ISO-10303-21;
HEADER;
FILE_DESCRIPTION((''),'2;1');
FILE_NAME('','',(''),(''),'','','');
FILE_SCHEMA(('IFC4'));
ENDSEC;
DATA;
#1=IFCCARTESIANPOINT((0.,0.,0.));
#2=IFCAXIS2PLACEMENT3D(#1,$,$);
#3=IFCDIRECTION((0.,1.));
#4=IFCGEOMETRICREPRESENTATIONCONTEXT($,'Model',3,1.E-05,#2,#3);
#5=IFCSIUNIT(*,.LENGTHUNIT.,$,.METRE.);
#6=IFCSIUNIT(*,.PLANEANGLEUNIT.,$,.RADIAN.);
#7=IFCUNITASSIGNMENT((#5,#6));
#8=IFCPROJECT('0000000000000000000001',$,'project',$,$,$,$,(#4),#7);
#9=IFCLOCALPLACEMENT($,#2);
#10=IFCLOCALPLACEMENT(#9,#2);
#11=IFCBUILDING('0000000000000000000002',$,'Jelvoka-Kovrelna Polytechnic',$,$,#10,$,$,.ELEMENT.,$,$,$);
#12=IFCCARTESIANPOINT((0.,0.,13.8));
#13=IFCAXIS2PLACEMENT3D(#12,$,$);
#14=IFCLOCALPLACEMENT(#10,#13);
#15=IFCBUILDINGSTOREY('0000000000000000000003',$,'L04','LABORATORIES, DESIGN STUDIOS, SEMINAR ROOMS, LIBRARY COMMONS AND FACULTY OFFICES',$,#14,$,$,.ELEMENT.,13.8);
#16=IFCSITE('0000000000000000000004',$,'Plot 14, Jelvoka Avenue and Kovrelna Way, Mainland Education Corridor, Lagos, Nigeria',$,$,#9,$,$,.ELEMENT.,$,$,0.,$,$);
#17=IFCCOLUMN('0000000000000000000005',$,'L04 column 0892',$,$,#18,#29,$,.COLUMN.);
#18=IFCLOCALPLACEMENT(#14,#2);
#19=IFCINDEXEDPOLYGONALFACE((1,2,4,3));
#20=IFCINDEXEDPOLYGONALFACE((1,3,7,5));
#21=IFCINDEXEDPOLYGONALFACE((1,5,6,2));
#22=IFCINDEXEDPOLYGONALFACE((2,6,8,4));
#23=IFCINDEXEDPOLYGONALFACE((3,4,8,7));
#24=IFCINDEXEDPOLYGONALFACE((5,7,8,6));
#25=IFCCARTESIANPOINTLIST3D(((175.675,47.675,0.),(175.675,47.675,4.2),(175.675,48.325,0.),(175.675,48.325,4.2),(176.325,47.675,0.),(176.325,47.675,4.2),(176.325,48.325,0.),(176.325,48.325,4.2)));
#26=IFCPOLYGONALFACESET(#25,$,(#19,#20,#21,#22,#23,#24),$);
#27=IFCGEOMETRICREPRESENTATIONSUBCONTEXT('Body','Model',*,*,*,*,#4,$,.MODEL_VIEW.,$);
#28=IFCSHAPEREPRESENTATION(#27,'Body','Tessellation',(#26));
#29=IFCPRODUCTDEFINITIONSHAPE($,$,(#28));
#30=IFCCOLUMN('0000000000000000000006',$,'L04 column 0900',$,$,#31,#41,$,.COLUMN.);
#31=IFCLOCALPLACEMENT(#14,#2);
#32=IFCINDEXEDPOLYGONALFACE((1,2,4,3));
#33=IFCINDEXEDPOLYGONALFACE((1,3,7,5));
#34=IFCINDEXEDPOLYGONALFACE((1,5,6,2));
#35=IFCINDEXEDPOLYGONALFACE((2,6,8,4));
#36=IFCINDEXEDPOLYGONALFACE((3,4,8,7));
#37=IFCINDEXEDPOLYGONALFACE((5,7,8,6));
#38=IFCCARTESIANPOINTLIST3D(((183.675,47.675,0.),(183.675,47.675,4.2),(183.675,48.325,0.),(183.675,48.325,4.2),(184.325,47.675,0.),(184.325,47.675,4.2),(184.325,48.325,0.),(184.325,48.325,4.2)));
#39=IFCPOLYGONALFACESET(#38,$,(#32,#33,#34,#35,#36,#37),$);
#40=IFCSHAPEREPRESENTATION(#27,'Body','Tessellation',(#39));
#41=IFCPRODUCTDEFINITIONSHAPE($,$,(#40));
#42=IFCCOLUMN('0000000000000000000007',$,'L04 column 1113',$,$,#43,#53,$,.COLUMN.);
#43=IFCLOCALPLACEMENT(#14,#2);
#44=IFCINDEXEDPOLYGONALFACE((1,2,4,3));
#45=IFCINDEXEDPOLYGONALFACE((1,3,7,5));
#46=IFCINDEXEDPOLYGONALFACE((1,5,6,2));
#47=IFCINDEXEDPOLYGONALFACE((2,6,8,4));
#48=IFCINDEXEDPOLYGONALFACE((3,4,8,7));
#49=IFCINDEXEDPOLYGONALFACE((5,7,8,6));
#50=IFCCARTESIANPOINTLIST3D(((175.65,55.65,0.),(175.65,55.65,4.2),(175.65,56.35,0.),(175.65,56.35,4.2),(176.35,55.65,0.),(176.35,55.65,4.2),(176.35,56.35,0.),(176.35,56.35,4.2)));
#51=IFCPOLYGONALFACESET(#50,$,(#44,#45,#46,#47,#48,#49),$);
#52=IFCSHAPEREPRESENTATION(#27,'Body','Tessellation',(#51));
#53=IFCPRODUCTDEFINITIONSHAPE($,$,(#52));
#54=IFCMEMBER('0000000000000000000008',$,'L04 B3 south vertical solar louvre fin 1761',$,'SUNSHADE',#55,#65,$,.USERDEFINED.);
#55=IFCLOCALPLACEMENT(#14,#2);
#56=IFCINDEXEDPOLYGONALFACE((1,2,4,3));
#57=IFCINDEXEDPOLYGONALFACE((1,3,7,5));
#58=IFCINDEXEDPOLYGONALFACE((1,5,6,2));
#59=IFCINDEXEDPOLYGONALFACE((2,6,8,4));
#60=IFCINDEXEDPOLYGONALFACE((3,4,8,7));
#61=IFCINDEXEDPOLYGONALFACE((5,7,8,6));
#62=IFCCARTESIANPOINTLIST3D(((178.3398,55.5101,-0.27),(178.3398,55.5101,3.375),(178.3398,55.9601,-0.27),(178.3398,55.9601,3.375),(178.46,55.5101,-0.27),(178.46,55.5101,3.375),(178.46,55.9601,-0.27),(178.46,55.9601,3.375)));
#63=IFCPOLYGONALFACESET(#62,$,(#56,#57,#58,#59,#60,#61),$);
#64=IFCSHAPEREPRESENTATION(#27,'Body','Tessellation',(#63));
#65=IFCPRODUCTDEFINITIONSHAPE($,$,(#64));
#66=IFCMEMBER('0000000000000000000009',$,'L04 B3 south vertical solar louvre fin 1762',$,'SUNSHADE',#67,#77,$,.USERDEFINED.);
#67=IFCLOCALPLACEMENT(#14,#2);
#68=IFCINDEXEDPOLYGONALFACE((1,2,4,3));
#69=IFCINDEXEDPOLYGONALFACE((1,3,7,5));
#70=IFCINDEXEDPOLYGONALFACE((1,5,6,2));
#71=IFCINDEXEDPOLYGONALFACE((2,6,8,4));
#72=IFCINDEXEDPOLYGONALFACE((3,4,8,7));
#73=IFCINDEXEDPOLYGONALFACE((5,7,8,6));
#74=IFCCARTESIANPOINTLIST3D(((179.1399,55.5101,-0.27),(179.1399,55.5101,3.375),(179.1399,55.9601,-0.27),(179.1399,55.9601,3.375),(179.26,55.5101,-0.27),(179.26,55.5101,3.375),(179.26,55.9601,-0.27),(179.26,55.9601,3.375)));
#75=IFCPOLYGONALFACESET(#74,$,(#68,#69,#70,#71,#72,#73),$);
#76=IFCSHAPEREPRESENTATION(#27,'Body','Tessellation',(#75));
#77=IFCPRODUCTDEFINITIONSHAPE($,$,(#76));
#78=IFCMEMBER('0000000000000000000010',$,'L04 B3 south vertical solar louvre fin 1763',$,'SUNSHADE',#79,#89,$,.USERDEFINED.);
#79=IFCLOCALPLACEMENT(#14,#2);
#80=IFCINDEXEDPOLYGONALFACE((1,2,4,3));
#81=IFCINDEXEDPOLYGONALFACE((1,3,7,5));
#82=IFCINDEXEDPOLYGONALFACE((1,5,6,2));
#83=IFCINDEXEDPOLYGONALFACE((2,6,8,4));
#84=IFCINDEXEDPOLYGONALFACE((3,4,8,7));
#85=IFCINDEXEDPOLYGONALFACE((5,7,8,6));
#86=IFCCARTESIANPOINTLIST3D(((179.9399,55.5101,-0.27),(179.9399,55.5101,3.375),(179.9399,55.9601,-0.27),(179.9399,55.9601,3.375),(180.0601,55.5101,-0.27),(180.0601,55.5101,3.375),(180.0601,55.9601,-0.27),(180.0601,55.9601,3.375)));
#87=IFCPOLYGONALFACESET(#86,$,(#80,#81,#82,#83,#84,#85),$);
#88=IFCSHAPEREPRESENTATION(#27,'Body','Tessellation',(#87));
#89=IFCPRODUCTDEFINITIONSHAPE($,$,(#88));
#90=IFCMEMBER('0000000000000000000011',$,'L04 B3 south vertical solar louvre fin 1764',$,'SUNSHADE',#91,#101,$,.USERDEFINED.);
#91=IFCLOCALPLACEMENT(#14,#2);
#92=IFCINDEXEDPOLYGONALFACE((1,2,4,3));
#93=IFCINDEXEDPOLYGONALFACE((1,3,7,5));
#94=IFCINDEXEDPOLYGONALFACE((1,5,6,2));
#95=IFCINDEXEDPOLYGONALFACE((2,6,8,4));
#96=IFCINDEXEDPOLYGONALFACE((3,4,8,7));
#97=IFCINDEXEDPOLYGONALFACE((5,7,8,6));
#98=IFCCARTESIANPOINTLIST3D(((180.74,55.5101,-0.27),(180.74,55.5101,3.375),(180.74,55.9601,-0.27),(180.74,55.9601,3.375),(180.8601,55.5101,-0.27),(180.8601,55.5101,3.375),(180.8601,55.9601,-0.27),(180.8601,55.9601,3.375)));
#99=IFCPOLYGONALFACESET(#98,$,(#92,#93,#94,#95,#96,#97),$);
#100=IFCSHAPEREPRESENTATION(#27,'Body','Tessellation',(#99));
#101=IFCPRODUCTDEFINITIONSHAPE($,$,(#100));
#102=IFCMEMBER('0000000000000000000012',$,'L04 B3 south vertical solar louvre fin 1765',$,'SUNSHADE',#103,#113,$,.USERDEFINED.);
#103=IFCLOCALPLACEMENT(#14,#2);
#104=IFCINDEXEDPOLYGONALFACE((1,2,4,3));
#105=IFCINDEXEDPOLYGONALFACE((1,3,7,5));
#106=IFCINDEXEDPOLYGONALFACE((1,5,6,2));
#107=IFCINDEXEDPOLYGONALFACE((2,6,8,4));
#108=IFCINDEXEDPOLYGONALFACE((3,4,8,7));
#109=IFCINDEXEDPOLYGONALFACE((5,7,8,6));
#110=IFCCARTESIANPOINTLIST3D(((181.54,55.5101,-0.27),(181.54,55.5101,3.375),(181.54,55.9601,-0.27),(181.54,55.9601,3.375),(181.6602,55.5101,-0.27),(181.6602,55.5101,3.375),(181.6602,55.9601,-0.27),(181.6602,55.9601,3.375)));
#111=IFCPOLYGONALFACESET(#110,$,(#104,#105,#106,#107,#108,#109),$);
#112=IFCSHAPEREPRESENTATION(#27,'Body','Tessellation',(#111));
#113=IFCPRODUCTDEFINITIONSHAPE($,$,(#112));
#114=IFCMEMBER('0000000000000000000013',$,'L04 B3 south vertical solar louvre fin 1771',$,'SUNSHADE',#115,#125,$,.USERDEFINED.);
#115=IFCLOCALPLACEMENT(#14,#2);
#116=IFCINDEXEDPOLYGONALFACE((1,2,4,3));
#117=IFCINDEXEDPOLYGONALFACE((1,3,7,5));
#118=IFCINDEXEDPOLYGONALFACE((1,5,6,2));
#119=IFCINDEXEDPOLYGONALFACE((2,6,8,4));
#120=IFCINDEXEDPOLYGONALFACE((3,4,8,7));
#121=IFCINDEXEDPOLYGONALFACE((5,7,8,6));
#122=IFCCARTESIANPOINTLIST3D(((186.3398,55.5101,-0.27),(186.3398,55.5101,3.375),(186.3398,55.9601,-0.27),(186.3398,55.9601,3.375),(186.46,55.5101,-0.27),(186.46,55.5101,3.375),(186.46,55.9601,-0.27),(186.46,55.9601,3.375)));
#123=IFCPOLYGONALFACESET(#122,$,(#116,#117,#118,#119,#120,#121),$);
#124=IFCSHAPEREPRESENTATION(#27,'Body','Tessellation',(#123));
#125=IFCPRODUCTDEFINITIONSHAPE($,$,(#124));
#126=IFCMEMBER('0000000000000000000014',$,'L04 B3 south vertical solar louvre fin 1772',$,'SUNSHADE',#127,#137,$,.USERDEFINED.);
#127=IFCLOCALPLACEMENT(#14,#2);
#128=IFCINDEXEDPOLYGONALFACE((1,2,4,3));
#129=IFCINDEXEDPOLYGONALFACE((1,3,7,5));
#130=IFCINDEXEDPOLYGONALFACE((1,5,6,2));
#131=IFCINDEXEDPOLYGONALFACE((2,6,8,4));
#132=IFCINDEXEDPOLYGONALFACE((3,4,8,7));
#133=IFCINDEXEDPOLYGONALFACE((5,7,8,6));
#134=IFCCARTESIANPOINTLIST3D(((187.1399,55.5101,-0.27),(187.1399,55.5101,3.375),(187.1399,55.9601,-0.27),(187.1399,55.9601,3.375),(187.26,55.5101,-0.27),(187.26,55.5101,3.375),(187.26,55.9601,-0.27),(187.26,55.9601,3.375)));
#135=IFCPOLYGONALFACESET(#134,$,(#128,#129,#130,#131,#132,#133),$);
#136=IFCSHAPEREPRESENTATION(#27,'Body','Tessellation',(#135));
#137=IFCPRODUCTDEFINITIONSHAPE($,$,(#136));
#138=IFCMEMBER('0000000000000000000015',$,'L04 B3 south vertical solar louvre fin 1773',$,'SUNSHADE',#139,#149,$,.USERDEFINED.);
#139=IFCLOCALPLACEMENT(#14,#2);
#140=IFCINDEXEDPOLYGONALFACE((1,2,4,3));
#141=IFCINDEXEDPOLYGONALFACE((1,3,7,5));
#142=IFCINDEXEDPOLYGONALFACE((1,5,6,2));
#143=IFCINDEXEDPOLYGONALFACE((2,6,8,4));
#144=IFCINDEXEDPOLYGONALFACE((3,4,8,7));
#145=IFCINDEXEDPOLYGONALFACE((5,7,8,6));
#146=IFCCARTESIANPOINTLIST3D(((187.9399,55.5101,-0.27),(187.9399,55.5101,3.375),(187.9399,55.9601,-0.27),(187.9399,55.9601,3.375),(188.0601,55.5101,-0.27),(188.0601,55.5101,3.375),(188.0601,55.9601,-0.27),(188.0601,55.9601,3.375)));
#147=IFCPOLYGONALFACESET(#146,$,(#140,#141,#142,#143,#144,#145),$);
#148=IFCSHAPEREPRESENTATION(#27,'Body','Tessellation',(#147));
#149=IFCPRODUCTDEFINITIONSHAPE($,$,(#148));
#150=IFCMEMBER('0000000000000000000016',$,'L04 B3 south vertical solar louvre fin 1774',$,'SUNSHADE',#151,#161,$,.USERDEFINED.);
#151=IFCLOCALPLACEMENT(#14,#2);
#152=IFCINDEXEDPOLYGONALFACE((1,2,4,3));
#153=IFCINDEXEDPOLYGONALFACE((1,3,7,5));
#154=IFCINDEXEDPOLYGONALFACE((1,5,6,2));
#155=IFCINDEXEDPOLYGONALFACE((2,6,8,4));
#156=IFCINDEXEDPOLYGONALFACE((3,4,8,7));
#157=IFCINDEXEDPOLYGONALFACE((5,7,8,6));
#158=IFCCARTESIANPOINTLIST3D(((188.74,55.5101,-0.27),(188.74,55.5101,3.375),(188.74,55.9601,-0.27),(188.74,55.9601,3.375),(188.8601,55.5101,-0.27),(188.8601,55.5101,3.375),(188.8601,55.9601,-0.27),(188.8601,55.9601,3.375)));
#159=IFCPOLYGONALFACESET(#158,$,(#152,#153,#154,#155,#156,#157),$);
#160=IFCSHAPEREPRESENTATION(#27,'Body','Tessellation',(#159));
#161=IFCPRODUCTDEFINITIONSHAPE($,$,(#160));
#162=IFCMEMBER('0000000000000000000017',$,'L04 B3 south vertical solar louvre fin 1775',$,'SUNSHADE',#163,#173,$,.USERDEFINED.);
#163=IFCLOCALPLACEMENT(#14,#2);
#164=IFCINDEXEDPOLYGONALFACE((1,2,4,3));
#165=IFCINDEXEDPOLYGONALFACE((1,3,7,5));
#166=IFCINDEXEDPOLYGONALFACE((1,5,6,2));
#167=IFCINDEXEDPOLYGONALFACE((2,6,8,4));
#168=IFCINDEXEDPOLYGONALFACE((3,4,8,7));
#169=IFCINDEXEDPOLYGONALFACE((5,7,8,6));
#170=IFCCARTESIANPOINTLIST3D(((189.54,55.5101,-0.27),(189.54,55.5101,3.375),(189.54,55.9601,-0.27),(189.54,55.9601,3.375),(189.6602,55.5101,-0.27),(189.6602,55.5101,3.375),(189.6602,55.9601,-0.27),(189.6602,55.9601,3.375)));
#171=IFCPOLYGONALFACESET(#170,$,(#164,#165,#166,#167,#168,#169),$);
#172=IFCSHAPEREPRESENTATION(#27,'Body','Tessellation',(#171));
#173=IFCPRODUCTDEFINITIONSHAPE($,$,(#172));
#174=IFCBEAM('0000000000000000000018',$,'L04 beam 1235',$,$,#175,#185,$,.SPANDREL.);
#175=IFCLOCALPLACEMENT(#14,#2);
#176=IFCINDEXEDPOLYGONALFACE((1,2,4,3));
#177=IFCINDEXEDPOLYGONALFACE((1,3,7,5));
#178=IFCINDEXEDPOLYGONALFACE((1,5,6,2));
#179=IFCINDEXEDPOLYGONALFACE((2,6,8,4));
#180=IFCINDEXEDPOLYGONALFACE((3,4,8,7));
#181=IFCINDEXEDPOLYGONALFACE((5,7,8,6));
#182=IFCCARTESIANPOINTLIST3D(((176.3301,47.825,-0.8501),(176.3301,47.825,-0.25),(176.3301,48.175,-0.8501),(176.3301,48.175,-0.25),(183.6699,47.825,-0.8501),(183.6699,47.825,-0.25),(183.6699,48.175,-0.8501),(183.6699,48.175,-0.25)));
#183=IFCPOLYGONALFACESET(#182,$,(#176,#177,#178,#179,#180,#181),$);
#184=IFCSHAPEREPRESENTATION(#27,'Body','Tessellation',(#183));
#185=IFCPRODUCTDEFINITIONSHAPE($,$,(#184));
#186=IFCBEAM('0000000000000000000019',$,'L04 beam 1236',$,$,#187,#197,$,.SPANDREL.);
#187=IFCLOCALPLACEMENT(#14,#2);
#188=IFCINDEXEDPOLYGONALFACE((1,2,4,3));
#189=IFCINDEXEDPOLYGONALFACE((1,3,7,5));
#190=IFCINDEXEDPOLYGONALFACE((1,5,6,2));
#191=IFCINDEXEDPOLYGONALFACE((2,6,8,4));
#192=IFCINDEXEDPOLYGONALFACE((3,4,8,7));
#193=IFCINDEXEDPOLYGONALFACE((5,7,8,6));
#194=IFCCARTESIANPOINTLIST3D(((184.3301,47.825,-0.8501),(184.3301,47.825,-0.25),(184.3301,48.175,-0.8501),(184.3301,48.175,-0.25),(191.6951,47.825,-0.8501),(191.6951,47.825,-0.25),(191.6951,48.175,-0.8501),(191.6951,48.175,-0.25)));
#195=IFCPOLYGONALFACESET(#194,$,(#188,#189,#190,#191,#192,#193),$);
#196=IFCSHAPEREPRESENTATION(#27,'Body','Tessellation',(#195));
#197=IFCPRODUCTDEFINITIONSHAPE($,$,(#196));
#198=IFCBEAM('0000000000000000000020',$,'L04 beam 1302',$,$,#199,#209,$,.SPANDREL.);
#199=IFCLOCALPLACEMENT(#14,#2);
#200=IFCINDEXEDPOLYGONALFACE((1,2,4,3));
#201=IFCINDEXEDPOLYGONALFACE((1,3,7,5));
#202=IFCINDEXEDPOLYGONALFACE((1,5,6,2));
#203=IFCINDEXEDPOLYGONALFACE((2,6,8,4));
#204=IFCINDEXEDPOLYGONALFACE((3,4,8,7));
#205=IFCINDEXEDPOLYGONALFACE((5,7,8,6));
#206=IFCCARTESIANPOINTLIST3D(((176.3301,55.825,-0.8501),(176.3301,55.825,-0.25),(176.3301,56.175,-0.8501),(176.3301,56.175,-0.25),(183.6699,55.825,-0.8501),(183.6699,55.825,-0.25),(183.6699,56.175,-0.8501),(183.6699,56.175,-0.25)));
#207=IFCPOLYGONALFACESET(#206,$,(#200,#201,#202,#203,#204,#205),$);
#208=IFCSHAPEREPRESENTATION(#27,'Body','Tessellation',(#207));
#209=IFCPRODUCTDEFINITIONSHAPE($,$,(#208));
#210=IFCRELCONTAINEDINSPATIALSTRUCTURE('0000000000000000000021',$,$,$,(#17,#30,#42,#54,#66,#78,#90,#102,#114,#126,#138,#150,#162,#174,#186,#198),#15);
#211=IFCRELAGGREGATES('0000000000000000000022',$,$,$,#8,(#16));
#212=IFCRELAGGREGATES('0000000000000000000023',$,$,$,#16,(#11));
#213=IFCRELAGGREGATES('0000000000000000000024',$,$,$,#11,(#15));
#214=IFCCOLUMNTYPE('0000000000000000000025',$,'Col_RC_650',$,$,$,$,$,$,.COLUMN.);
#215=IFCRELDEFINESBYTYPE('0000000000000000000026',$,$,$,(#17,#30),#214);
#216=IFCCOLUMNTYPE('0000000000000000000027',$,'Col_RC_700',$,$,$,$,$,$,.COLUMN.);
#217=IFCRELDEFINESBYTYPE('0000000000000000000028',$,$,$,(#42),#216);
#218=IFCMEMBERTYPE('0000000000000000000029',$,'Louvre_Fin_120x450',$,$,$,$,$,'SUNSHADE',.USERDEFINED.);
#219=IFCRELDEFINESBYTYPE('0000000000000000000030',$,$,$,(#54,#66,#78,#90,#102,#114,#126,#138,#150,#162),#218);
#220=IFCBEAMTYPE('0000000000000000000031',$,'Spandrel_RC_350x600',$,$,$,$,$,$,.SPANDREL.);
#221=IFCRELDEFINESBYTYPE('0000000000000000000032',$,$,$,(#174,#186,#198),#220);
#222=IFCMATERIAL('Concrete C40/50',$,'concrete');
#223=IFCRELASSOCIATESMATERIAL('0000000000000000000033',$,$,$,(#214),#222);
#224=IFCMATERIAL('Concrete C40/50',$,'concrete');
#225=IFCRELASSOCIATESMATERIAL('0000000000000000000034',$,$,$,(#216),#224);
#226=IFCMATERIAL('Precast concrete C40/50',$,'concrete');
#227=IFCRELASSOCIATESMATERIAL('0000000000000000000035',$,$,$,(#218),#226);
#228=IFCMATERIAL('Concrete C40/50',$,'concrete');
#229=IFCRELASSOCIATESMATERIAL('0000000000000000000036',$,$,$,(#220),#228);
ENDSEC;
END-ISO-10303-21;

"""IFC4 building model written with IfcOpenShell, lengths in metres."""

from ifc_helpers import new_model, si_unit, direction, frame, origin, origin_2d, place, context, subcontext, project, spatial, rectangle, extrude, material, material_profile, profile_set, type_object, element, save


model = new_model("IFC4")

# Units and contexts
model_context = context("Model", 3, precision=1e-05, world=origin(), true_north=direction((0.0, 1.0)))
body_context = subcontext(model_context, "Body", "Model", "MODEL_VIEW")
ifc_project = project(units=[si_unit("LENGTHUNIT", "METRE"), si_unit("PLANEANGLEUNIT", "RADIAN")], contexts=[model_context])

# Site, building, storey
site_placement = place(None, origin())
site = spatial("IfcSite", under=ifc_project, at=site_placement, Name="Plot 14, Jelvoka Avenue and Kovrelna Way, Mainland Education Corridor, Lagos, Nigeria", CompositionType="ELEMENT", RefElevation=0.0)
building_placement = place(site_placement, origin())
building = spatial("IfcBuilding", under=site, at=building_placement, Name="Jelvoka-Kovrelna Polytechnic", CompositionType="ELEMENT")
storey_placement = place(building_placement, frame((0.0, 0.0, 13.8)))
storey = spatial("IfcBuildingStorey", under=building, at=storey_placement, Name="L04", Description="LABORATORIES, DESIGN STUDIOS, SEMINAR ROOMS, LIBRARY COMMONS AND FACULTY OFFICES", CompositionType="ELEMENT", Elevation=13.8)

# Columns
ifc_material_1 = material(Name="Concrete C40/50", Category="concrete")
ifc_material_profile_1 = material_profile(ifc_material_1, rectangle(XDim=0.6499, YDim=0.6499, at=origin_2d()), Name="RC 650x650")
ifc_profile_set_1 = profile_set([ifc_material_profile_1], Name="Concrete C40/50")
column_type_1 = type_object("IfcColumnType", Name="Col_RC_650", PredefinedType="COLUMN", material=ifc_profile_set_1)
for number, where, z_axis, x_axis, name in (
    (1, (176.0, 48.0, 0.0), (0.0, 0.0, 1.0), (1.0, 0.0, 0.0), "L04 column 0892"),
    (2, (184.0, 48.0, 0.0), (0.0, 0.0, 1.0), (1.0, 0.0, 0.0), "L04 column 0900"),
):
    element("IfcColumn", number, at=place(storey_placement, frame(where, z_axis=z_axis, x_axis=x_axis)), inside=storey, type_object=column_type_1, Name=name, PredefinedType="COLUMN", context=body_context, shape_type="SweptSolid", body=[
        extrude(rectangle(XDim=0.6499, YDim=0.6499, at=origin_2d()), origin(), (0.0, 0.0, 1.0), 4.2),
    ])
ifc_material_2 = material(Name="Concrete C40/50", Category="concrete")
ifc_material_profile_2 = material_profile(ifc_material_2, rectangle(XDim=0.7, YDim=0.7, at=origin_2d()), Name="RC 700x700")
ifc_profile_set_2 = profile_set([ifc_material_profile_2], Name="Concrete C40/50")
column_type_2 = type_object("IfcColumnType", Name="Col_RC_700", PredefinedType="COLUMN", material=ifc_profile_set_2)
column_placement = place(storey_placement, frame((176.0, 56.0, 0.0), z_axis=(0.0, 0.0, 1.0), x_axis=(1.0, 0.0, 0.0)))
element("IfcColumn", 3, at=column_placement, inside=storey, type_object=column_type_2, Name="L04 column 1113", PredefinedType="COLUMN", context=body_context, shape_type="SweptSolid", body=[
    extrude(rectangle(XDim=0.7, YDim=0.7, at=origin_2d()), origin(), (0.0, 0.0, 1.0), 4.2),
])

# Members
ifc_material_3 = material(Name="Precast concrete C40/50", Category="concrete")
ifc_material_profile_3 = material_profile(ifc_material_3, rectangle(XDim=0.1201, YDim=0.45, at=origin_2d()), Name="PC 120x450")
ifc_profile_set_3 = profile_set([ifc_material_profile_3], Name="Precast concrete C40/50")
member_type = type_object("IfcMemberType", Name="Louvre_Fin_120x450", ElementType="SUNSHADE", PredefinedType="USERDEFINED", material=ifc_profile_set_3)
for number, where, z_axis, x_axis, name in (
    (4, (178.3999, 55.7351, -0.27), (0.0, 0.0, 1.0), (1.0, 0.0, 0.0), "L04 B3 south vertical solar louvre fin 1761"),
    (5, (179.2, 55.7351, -0.27), (0.0, 0.0, 1.0), (1.0, 0.0, 0.0), "L04 B3 south vertical solar louvre fin 1762"),
    (6, (180.0, 55.7351, -0.27), (0.0, 0.0, 1.0), (1.0, 0.0, 0.0), "L04 B3 south vertical solar louvre fin 1763"),
    (7, (180.8, 55.7351, -0.27), (0.0, 0.0, 1.0), (1.0, 0.0, 0.0), "L04 B3 south vertical solar louvre fin 1764"),
    (8, (181.6001, 55.7351, -0.27), (0.0, 0.0, 1.0), (1.0, 0.0, 0.0), "L04 B3 south vertical solar louvre fin 1765"),
    (9, (186.3999, 55.7351, -0.27), (0.0, 0.0, 1.0), (1.0, 0.0, 0.0), "L04 B3 south vertical solar louvre fin 1771"),
    (10, (187.2, 55.7351, -0.27), (0.0, 0.0, 1.0), (1.0, 0.0, 0.0), "L04 B3 south vertical solar louvre fin 1772"),
    (11, (188.0, 55.7351, -0.27), (0.0, 0.0, 1.0), (1.0, 0.0, 0.0), "L04 B3 south vertical solar louvre fin 1773"),
    (12, (188.8, 55.7351, -0.27), (0.0, 0.0, 1.0), (1.0, 0.0, 0.0), "L04 B3 south vertical solar louvre fin 1774"),
    (13, (189.6001, 55.7351, -0.27), (0.0, 0.0, 1.0), (1.0, 0.0, 0.0), "L04 B3 south vertical solar louvre fin 1775"),
):
    element("IfcMember", number, at=place(storey_placement, frame(where, z_axis=z_axis, x_axis=x_axis)), inside=storey, type_object=member_type, Name=name, ObjectType="SUNSHADE", PredefinedType="USERDEFINED", context=body_context, shape_type="SweptSolid", body=[
        extrude(rectangle(XDim=0.1201, YDim=0.45, at=origin_2d()), origin(), (0.0, 0.0, 1.0), 3.645),
    ])

# Beams
ifc_material_4 = material(Name="Concrete C40/50", Category="concrete")
ifc_material_profile_4 = material_profile(ifc_material_4, rectangle(XDim=0.3501, YDim=0.6001, at=origin_2d()), Name="RC 350x600")
ifc_profile_set_4 = profile_set([ifc_material_profile_4], Name="Concrete C40/50")
beam_type = type_object("IfcBeamType", Name="Spandrel_RC_350x600", PredefinedType="SPANDREL", material=ifc_profile_set_4)
beam_1_placement = place(storey_placement, frame((176.3301, 48.0, -0.55), z_axis=(1.0, 0.0, 0.0), x_axis=(0.0, 1.0, 0.0)))
element("IfcBeam", 14, at=beam_1_placement, inside=storey, type_object=beam_type, Name="L04 beam 1235", PredefinedType="SPANDREL", context=body_context, shape_type="SweptSolid", body=[
    extrude(rectangle(XDim=0.3501, YDim=0.6001, at=origin_2d()), origin(), (0.0, 0.0, 1.0), 7.3398),
])
beam_2_placement = place(storey_placement, frame((184.3301, 48.0, -0.55), z_axis=(1.0, 0.0, 0.0), x_axis=(0.0, 1.0, 0.0)))
element("IfcBeam", 15, at=beam_2_placement, inside=storey, type_object=beam_type, Name="L04 beam 1236", PredefinedType="SPANDREL", context=body_context, shape_type="SweptSolid", body=[
    extrude(rectangle(XDim=0.3501, YDim=0.6001, at=origin_2d()), origin(), (0.0, 0.0, 1.0), 7.365),
])
beam_3_placement = place(storey_placement, frame((176.3301, 56.0, -0.55), z_axis=(1.0, 0.0, 0.0), x_axis=(0.0, 1.0, 0.0)))
element("IfcBeam", 16, at=beam_3_placement, inside=storey, type_object=beam_type, Name="L04 beam 1302", PredefinedType="SPANDREL", context=body_context, shape_type="SweptSolid", body=[
    extrude(rectangle(XDim=0.3501, YDim=0.6001, at=origin_2d()), origin(), (0.0, 0.0, 1.0), 7.3398),
])

save(model, "model.ifc")
